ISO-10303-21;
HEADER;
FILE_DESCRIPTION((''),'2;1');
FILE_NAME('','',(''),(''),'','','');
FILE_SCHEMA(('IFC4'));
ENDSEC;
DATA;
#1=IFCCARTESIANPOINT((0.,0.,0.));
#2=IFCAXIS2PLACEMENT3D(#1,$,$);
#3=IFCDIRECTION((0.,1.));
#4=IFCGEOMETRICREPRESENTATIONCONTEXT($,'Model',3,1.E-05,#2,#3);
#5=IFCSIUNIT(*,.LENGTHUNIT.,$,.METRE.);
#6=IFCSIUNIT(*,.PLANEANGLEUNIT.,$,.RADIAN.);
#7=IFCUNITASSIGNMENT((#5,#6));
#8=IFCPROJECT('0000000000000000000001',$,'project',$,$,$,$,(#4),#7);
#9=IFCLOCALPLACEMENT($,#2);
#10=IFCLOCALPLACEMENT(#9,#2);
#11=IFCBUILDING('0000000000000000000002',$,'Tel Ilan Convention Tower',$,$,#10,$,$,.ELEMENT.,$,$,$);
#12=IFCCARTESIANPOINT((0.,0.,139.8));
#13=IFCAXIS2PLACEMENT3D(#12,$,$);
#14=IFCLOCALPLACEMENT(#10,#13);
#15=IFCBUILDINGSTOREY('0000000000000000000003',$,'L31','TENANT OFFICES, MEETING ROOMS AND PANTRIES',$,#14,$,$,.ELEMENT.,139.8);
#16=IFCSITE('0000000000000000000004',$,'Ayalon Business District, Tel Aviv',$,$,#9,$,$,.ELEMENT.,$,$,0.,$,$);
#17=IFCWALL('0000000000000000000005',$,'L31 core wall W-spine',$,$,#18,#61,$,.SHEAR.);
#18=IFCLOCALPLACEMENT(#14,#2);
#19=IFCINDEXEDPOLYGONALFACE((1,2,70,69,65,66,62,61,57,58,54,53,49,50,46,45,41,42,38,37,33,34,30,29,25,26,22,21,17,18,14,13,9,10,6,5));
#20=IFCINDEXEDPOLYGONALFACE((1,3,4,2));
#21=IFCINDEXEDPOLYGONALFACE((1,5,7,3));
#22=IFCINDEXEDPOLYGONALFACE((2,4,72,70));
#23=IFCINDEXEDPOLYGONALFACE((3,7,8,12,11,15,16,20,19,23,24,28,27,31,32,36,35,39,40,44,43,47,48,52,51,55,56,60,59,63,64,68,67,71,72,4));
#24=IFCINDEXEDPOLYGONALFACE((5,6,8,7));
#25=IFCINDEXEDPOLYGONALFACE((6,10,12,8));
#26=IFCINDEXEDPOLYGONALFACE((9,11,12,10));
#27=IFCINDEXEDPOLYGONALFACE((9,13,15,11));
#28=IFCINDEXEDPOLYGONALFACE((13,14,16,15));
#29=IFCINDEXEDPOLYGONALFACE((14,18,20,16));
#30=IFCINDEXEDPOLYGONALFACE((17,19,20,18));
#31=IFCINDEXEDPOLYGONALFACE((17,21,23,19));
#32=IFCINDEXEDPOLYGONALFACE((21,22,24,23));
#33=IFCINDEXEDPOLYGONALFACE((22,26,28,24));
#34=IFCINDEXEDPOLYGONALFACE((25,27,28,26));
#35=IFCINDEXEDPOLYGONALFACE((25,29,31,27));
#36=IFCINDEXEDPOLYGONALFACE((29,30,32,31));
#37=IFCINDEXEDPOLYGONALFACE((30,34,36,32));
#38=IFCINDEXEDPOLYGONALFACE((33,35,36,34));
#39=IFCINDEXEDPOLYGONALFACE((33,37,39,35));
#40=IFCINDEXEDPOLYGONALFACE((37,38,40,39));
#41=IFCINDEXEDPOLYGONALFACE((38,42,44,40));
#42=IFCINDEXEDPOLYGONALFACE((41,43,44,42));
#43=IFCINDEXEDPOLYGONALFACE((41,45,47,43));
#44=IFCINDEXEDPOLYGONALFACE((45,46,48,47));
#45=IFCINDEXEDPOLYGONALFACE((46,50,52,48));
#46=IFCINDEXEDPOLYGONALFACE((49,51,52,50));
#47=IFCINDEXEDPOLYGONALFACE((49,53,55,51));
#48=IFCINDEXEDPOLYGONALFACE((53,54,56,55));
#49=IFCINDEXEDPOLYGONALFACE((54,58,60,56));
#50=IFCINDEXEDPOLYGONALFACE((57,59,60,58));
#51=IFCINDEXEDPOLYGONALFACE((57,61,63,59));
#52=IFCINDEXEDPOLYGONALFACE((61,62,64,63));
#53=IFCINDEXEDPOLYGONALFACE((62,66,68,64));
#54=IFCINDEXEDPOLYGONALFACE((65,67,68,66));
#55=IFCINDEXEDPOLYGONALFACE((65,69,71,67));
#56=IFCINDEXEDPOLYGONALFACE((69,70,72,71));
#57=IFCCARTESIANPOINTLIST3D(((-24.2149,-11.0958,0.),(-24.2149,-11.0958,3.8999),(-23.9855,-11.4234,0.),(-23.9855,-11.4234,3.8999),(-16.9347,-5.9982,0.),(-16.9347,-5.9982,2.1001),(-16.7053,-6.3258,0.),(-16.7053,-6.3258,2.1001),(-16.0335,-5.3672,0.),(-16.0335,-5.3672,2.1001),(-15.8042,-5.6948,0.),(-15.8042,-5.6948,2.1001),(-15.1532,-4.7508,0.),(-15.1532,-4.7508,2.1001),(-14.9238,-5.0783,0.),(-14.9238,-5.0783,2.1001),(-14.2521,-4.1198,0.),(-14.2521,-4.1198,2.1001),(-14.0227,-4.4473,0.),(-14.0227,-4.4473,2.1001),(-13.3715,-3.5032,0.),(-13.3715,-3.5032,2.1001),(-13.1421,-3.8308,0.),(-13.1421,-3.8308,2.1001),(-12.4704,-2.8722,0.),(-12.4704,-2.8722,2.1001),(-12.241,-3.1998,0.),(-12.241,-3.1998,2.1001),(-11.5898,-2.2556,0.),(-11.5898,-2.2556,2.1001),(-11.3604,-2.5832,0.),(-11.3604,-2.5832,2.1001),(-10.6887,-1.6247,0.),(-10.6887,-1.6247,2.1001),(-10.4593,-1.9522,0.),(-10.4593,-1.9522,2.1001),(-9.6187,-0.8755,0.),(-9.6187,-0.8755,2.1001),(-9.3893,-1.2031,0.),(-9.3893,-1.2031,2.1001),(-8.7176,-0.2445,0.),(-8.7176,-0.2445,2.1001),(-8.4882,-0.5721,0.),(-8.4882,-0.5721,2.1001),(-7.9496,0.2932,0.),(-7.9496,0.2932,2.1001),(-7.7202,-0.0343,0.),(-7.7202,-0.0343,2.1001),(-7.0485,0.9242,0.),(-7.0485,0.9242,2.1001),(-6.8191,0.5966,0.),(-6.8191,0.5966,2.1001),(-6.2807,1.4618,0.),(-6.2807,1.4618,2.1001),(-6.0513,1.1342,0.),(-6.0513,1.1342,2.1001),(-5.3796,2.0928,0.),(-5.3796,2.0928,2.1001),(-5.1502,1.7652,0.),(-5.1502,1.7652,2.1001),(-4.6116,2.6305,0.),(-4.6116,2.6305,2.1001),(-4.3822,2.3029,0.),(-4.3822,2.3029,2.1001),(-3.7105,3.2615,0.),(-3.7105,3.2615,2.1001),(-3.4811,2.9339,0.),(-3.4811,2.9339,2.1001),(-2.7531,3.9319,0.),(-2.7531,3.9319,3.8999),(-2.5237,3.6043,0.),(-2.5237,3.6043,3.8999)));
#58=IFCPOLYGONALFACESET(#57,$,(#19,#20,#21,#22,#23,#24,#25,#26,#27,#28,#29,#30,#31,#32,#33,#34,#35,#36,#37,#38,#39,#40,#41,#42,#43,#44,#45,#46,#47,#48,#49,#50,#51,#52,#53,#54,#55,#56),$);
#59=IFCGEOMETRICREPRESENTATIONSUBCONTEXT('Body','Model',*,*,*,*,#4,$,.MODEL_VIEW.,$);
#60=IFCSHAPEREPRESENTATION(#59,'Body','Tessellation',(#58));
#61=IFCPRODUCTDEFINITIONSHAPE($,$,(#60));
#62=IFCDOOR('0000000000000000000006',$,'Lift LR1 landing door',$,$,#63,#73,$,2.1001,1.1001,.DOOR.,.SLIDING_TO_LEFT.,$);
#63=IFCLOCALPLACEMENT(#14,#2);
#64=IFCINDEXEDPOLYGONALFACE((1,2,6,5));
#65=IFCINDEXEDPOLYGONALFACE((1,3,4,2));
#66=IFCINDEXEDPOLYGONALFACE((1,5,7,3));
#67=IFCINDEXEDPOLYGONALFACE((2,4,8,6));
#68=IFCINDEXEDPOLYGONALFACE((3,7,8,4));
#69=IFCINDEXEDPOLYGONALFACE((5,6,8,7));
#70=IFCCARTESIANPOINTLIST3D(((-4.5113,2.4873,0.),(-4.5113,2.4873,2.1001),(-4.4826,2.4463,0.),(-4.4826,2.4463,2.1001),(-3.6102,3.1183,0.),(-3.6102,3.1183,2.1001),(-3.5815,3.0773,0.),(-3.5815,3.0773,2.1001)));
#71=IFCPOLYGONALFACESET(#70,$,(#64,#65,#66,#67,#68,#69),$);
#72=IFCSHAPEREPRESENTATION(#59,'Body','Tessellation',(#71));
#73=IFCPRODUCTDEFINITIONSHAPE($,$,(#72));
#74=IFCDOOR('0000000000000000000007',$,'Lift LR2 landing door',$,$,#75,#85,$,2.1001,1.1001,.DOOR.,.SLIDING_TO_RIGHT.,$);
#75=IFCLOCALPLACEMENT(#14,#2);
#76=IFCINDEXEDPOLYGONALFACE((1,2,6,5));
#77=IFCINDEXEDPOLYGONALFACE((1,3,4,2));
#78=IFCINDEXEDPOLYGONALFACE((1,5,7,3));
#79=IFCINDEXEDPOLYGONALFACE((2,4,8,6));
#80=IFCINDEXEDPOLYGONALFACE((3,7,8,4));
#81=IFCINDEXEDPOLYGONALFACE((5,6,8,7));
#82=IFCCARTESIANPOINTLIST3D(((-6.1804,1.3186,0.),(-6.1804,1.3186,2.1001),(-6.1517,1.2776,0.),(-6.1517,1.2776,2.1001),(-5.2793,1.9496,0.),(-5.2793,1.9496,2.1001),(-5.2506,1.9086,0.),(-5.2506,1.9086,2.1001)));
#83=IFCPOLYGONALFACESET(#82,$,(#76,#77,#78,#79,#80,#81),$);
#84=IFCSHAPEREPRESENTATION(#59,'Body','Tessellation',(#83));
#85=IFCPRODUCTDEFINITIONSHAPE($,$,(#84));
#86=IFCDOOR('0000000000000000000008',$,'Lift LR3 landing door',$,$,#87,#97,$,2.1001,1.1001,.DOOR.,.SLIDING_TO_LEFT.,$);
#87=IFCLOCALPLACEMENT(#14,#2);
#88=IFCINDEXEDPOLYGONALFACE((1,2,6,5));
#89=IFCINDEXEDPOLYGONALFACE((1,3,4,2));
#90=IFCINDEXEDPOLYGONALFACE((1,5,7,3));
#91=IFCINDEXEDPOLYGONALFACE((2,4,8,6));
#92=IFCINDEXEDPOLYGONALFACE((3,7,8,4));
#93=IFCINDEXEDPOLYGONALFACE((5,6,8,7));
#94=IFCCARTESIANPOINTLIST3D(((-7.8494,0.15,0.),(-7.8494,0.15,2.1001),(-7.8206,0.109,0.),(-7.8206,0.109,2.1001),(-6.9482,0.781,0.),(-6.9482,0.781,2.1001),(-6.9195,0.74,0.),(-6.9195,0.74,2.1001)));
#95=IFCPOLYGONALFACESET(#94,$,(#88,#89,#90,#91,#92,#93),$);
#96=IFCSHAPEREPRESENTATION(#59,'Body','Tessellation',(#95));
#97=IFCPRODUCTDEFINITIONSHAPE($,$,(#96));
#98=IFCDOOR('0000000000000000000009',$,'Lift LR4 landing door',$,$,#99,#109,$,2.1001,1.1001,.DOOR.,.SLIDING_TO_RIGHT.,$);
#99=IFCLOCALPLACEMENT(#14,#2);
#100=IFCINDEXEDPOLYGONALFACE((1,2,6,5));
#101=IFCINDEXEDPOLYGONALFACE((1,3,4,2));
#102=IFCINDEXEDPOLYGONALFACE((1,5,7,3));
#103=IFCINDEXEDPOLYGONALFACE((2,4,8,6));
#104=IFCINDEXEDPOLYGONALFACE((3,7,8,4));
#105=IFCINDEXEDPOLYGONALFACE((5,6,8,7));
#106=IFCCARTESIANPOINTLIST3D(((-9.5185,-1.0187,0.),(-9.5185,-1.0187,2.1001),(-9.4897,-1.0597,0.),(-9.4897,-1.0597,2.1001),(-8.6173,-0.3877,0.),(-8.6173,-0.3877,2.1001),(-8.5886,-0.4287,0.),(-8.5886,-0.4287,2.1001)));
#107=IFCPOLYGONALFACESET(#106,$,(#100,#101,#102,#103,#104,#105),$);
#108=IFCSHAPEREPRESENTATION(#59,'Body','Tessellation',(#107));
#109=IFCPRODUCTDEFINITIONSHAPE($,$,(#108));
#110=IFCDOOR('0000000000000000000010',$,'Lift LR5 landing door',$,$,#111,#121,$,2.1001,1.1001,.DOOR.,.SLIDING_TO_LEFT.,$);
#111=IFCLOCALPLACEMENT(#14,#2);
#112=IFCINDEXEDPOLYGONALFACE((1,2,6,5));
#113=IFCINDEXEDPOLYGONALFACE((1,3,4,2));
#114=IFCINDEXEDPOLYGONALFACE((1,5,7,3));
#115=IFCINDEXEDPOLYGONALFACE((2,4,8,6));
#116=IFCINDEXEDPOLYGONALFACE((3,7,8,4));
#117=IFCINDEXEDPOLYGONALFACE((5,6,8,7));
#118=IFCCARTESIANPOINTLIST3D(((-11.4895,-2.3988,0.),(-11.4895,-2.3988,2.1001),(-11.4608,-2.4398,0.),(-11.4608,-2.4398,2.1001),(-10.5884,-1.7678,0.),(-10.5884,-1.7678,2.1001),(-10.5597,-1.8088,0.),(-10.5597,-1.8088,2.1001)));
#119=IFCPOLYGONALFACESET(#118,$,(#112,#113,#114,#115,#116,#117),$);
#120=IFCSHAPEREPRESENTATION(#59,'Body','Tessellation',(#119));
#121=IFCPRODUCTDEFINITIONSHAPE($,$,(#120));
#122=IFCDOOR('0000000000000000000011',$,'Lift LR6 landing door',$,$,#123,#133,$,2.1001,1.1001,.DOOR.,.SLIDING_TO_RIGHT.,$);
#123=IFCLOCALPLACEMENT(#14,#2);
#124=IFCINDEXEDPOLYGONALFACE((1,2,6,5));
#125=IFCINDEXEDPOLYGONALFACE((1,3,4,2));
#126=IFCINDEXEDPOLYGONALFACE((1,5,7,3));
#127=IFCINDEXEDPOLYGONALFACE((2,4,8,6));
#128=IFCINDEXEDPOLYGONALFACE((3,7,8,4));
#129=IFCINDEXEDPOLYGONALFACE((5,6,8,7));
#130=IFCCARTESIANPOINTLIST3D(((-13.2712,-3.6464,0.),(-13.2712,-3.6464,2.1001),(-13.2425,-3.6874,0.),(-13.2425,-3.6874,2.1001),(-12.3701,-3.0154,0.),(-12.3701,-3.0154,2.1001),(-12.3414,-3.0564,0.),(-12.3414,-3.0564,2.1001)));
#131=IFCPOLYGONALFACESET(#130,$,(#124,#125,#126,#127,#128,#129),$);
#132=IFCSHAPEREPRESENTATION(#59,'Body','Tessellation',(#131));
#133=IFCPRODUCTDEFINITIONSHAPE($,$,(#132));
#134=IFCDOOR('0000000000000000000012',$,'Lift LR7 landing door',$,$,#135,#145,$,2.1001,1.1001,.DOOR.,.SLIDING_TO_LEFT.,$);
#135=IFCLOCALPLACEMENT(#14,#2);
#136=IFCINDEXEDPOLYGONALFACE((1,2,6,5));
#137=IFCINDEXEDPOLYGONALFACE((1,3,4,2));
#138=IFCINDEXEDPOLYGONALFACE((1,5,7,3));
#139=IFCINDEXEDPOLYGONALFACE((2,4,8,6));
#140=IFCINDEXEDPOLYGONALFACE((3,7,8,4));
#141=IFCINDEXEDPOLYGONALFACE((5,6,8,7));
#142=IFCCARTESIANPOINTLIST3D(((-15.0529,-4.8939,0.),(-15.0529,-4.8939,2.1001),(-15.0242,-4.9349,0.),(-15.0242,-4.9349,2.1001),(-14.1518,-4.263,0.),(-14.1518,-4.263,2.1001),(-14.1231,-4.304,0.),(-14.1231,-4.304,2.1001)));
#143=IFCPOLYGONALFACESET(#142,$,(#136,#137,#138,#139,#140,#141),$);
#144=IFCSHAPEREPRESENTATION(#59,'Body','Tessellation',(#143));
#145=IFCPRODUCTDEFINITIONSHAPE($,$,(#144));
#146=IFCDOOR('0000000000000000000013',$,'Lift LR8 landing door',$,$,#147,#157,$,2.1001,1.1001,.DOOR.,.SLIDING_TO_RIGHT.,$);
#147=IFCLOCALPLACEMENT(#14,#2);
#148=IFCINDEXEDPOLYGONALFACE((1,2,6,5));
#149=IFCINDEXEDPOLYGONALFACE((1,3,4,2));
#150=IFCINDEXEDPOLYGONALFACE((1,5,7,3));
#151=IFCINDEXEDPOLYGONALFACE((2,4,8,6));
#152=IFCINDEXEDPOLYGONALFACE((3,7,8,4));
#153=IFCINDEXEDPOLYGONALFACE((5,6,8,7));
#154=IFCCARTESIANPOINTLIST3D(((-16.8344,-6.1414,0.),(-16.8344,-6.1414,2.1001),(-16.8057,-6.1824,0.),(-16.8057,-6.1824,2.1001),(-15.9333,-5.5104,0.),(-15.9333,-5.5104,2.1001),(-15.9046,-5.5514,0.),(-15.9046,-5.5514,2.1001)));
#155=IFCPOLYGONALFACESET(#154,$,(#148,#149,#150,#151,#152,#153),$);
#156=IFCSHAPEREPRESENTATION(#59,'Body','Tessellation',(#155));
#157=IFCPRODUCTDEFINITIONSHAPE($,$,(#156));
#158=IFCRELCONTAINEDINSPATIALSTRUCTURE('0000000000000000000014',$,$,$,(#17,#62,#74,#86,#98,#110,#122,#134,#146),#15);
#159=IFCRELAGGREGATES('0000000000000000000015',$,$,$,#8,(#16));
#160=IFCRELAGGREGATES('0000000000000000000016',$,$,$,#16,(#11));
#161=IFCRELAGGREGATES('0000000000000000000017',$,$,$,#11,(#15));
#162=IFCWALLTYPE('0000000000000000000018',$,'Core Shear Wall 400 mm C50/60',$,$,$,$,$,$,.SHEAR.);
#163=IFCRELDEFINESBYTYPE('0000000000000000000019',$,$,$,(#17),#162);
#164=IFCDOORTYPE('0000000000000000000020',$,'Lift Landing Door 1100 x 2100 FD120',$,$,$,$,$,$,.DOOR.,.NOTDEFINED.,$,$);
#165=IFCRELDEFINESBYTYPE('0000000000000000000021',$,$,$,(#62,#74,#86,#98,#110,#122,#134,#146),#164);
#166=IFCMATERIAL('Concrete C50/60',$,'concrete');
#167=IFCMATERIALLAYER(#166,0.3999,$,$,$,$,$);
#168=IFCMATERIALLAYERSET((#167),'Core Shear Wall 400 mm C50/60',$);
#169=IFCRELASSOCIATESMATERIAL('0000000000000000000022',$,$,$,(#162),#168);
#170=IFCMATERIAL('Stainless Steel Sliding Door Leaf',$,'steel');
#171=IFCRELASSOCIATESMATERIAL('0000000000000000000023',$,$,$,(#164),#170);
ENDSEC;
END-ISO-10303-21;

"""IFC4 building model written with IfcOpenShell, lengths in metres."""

from ifc_helpers import new_model, si_unit, direction, frame, frame_2d, origin, place, context, subcontext, project, spatial, polyline, rectangle, outline, extrude, material, layer, layer_set, type_object, element, fill, save


model = new_model("IFC4")

# Units and contexts
model_context = context("Model", 3, precision=1e-05, world=origin(), true_north=direction((0.0, 1.0)))
body_context = subcontext(model_context, "Body", "Model", "MODEL_VIEW")
ifc_project = project(units=[si_unit("LENGTHUNIT", "METRE"), si_unit("PLANEANGLEUNIT", "RADIAN")], contexts=[model_context])

# Site, building, storey
site_placement = place(None, origin())
site = spatial("IfcSite", under=ifc_project, at=site_placement, Name="Ayalon Business District, Tel Aviv", CompositionType="ELEMENT", RefElevation=0.0)
building_placement = place(site_placement, origin())
building = spatial("IfcBuilding", under=site, at=building_placement, Name="Tel Ilan Convention Tower", CompositionType="ELEMENT")
storey_placement = place(building_placement, frame((0.0, 0.0, 139.8)))
storey = spatial("IfcBuildingStorey", under=building, at=storey_placement, Name="L31", Description="TENANT OFFICES, MEETING ROOMS AND PANTRIES", CompositionType="ELEMENT", Elevation=139.8)

# Wall, openings, doors
ifc_material_1 = material(Name="Concrete C50/60", Category="concrete")
ifc_layer_1 = layer(ifc_material_1, 0.3999)
ifc_layer_set_1 = layer_set([ifc_layer_1], Name="Core Shear Wall 400 mm C50/60")
wall_type_1 = type_object("IfcWallType", Name="Core Shear Wall 400 mm C50/60", PredefinedType="SHEAR", material=ifc_layer_set_1)
wall_1_placement = place(storey_placement, frame((-2.6384, 3.7681, 0.0), z_axis=(0.0, 0.0, 1.0), x_axis=(-0.819153, -0.573576, 0.0)))
wall_1 = element("IfcWall", 1, at=wall_1_placement, inside=storey, type_object=wall_type_1, Name="L31 core wall W-spine", PredefinedType="SHEAR", context=body_context, shape_type="SweptSolid", body=[
    extrude(outline(polyline([(26.2, 0.2), (0.0, 0.2), (0.0, -0.2), (26.2, -0.2), (26.2, 0.2)])), origin(), (0.0, 0.0, 1.0), 3.8999),
])
opening_1_placement = place(wall_1_placement, frame((1.1687, 0.0, 0.0)))
opening_1 = element("IfcOpeningElement", 2, at=opening_1_placement, cuts=wall_1, PredefinedType="OPENING", context=body_context, shape_type="SweptSolid", body=[
    extrude(rectangle(XDim=1.1001, YDim=2.1001, at=frame_2d((0.55, 1.05))), frame((0.0, 0.21, 0.0), z_axis=(0.0, -1.0, 0.0), x_axis=(1.0, 0.0, 0.0)), (0.0, 0.0, 1.0), 0.4199),
])
opening_2_placement = place(wall_1_placement, frame((3.2063, 0.0, 0.0)))
opening_2 = element("IfcOpeningElement", 3, at=opening_2_placement, cuts=wall_1, PredefinedType="OPENING", context=body_context, shape_type="SweptSolid", body=[
    extrude(rectangle(XDim=1.1001, YDim=2.1001, at=frame_2d((0.55, 1.05))), frame((0.0, 0.21, 0.0), z_axis=(0.0, -1.0, 0.0), x_axis=(1.0, 0.0, 0.0)), (0.0, 0.0, 1.0), 0.4199),
])
opening_3_placement = place(wall_1_placement, frame((5.2437, 0.0, 0.0)))
opening_3 = element("IfcOpeningElement", 4, at=opening_3_placement, cuts=wall_1, PredefinedType="OPENING", context=body_context, shape_type="SweptSolid", body=[
    extrude(rectangle(XDim=1.1001, YDim=2.1001, at=frame_2d((0.55, 1.05))), frame((0.0, 0.21, 0.0), z_axis=(0.0, -1.0, 0.0), x_axis=(1.0, 0.0, 0.0)), (0.0, 0.0, 1.0), 0.4199),
])
opening_4_placement = place(wall_1_placement, frame((7.2812, 0.0, 0.0)))
opening_4 = element("IfcOpeningElement", 5, at=opening_4_placement, cuts=wall_1, PredefinedType="OPENING", context=body_context, shape_type="SweptSolid", body=[
    extrude(rectangle(XDim=1.1001, YDim=2.1001, at=frame_2d((0.55, 1.05))), frame((0.0, 0.21, 0.0), z_axis=(0.0, -1.0, 0.0), x_axis=(1.0, 0.0, 0.0)), (0.0, 0.0, 1.0), 0.4199),
])
opening_5_placement = place(wall_1_placement, frame((9.6875, 0.0, 0.0)))
opening_5 = element("IfcOpeningElement", 6, at=opening_5_placement, cuts=wall_1, PredefinedType="OPENING", context=body_context, shape_type="SweptSolid", body=[
    extrude(rectangle(XDim=1.1001, YDim=2.1001, at=frame_2d((0.55, 1.05))), frame((0.0, 0.21, 0.0), z_axis=(0.0, -1.0, 0.0), x_axis=(1.0, 0.0, 0.0)), (0.0, 0.0, 1.0), 0.4199),
])
opening_6_placement = place(wall_1_placement, frame((11.8625, 0.0, 0.0)))
opening_6 = element("IfcOpeningElement", 7, at=opening_6_placement, cuts=wall_1, PredefinedType="OPENING", context=body_context, shape_type="SweptSolid", body=[
    extrude(rectangle(XDim=1.1001, YDim=2.1001, at=frame_2d((0.55, 1.05))), frame((0.0, 0.21, 0.0), z_axis=(0.0, -1.0, 0.0), x_axis=(1.0, 0.0, 0.0)), (0.0, 0.0, 1.0), 0.4199),
])
opening_7_placement = place(wall_1_placement, frame((14.0376, 0.0, 0.0)))
opening_7 = element("IfcOpeningElement", 8, at=opening_7_placement, cuts=wall_1, PredefinedType="OPENING", context=body_context, shape_type="SweptSolid", body=[
    extrude(rectangle(XDim=1.1001, YDim=2.1001, at=frame_2d((0.55, 1.05))), frame((0.0, 0.21, 0.0), z_axis=(0.0, -1.0, 0.0), x_axis=(1.0, 0.0, 0.0)), (0.0, 0.0, 1.0), 0.4199),
])
opening_8_placement = place(wall_1_placement, frame((16.2124, 0.0, 0.0)))
opening_8 = element("IfcOpeningElement", 9, at=opening_8_placement, cuts=wall_1, PredefinedType="OPENING", context=body_context, shape_type="SweptSolid", body=[
    extrude(rectangle(XDim=1.1001, YDim=2.1001, at=frame_2d((0.55, 1.05))), frame((0.0, 0.21, 0.0), z_axis=(0.0, -1.0, 0.0), x_axis=(1.0, 0.0, 0.0)), (0.0, 0.0, 1.0), 0.4199),
])
ifc_material_2 = material(Name="Stainless Steel Sliding Door Leaf", Category="steel")
door_type_1 = type_object("IfcDoorType", Name="Lift Landing Door 1100 x 2100 FD120", OperationType="NOTDEFINED", PredefinedType="DOOR", material=ifc_material_2)
door_1_placement = place(opening_1_placement, origin())
door_1 = element("IfcDoor", 10, at=door_1_placement, inside=storey, type_object=door_type_1, Name="Lift LR1 landing door", OperationType="SLIDING_TO_LEFT", OverallHeight=2.1001, OverallWidth=1.1001, PredefinedType="DOOR", context=body_context, shape_type="SweptSolid", body=[
    extrude(rectangle(XDim=1.1001, YDim=2.1001, at=frame_2d((0.55, 1.05))), frame((0.0, 0.0249, 0.0), z_axis=(0.0, -1.0, 0.0), x_axis=(1.0, 0.0, 0.0)), (0.0, 0.0, 1.0), 0.05),
])
fill(opening_1, door_1)
door_2_placement = place(opening_2_placement, origin())
door_2 = element("IfcDoor", 11, at=door_2_placement, inside=storey, type_object=door_type_1, Name="Lift LR2 landing door", OperationType="SLIDING_TO_RIGHT", OverallHeight=2.1001, OverallWidth=1.1001, PredefinedType="DOOR", context=body_context, shape_type="SweptSolid", body=[
    extrude(rectangle(XDim=1.1001, YDim=2.1001, at=frame_2d((0.55, 1.05))), frame((0.0, 0.0249, 0.0), z_axis=(0.0, -1.0, 0.0), x_axis=(1.0, 0.0, 0.0)), (0.0, 0.0, 1.0), 0.05),
])
fill(opening_2, door_2)
door_3_placement = place(opening_3_placement, origin())
door_3 = element("IfcDoor", 12, at=door_3_placement, inside=storey, type_object=door_type_1, Name="Lift LR3 landing door", OperationType="SLIDING_TO_LEFT", OverallHeight=2.1001, OverallWidth=1.1001, PredefinedType="DOOR", context=body_context, shape_type="SweptSolid", body=[
    extrude(rectangle(XDim=1.1001, YDim=2.1001, at=frame_2d((0.55, 1.05))), frame((0.0, 0.0249, 0.0), z_axis=(0.0, -1.0, 0.0), x_axis=(1.0, 0.0, 0.0)), (0.0, 0.0, 1.0), 0.05),
])
fill(opening_3, door_3)
door_4_placement = place(opening_4_placement, origin())
door_4 = element("IfcDoor", 13, at=door_4_placement, inside=storey, type_object=door_type_1, Name="Lift LR4 landing door", OperationType="SLIDING_TO_RIGHT", OverallHeight=2.1001, OverallWidth=1.1001, PredefinedType="DOOR", context=body_context, shape_type="SweptSolid", body=[
    extrude(rectangle(XDim=1.1001, YDim=2.1001, at=frame_2d((0.55, 1.05))), frame((0.0, 0.0249, 0.0), z_axis=(0.0, -1.0, 0.0), x_axis=(1.0, 0.0, 0.0)), (0.0, 0.0, 1.0), 0.05),
])
fill(opening_4, door_4)
door_5_placement = place(opening_5_placement, origin())
door_5 = element("IfcDoor", 14, at=door_5_placement, inside=storey, type_object=door_type_1, Name="Lift LR5 landing door", OperationType="SLIDING_TO_LEFT", OverallHeight=2.1001, OverallWidth=1.1001, PredefinedType="DOOR", context=body_context, shape_type="SweptSolid", body=[
    extrude(rectangle(XDim=1.1001, YDim=2.1001, at=frame_2d((0.55, 1.05))), frame((0.0, 0.0249, 0.0), z_axis=(0.0, -1.0, 0.0), x_axis=(1.0, 0.0, 0.0)), (0.0, 0.0, 1.0), 0.05),
])
fill(opening_5, door_5)
door_6_placement = place(opening_6_placement, origin())
door_6 = element("IfcDoor", 15, at=door_6_placement, inside=storey, type_object=door_type_1, Name="Lift LR6 landing door", OperationType="SLIDING_TO_RIGHT", OverallHeight=2.1001, OverallWidth=1.1001, PredefinedType="DOOR", context=body_context, shape_type="SweptSolid", body=[
    extrude(rectangle(XDim=1.1001, YDim=2.1001, at=frame_2d((0.55, 1.05))), frame((0.0, 0.0249, 0.0), z_axis=(0.0, -1.0, 0.0), x_axis=(1.0, 0.0, 0.0)), (0.0, 0.0, 1.0), 0.05),
])
fill(opening_6, door_6)
door_7_placement = place(opening_7_placement, origin())
door_7 = element("IfcDoor", 16, at=door_7_placement, inside=storey, type_object=door_type_1, Name="Lift LR7 landing door", OperationType="SLIDING_TO_LEFT", OverallHeight=2.1001, OverallWidth=1.1001, PredefinedType="DOOR", context=body_context, shape_type="SweptSolid", body=[
    extrude(rectangle(XDim=1.1001, YDim=2.1001, at=frame_2d((0.55, 1.05))), frame((0.0, 0.0249, 0.0), z_axis=(0.0, -1.0, 0.0), x_axis=(1.0, 0.0, 0.0)), (0.0, 0.0, 1.0), 0.05),
])
fill(opening_7, door_7)
door_8_placement = place(opening_8_placement, origin())
door_8 = element("IfcDoor", 17, at=door_8_placement, inside=storey, type_object=door_type_1, Name="Lift LR8 landing door", OperationType="SLIDING_TO_RIGHT", OverallHeight=2.1001, OverallWidth=1.1001, PredefinedType="DOOR", context=body_context, shape_type="SweptSolid", body=[
    extrude(rectangle(XDim=1.1001, YDim=2.1001, at=frame_2d((0.55, 1.05))), frame((0.0, 0.0249, 0.0), z_axis=(0.0, -1.0, 0.0), x_axis=(1.0, 0.0, 0.0)), (0.0, 0.0, 1.0), 0.05),
])
fill(opening_8, door_8)

save(model, "model.ifc")
